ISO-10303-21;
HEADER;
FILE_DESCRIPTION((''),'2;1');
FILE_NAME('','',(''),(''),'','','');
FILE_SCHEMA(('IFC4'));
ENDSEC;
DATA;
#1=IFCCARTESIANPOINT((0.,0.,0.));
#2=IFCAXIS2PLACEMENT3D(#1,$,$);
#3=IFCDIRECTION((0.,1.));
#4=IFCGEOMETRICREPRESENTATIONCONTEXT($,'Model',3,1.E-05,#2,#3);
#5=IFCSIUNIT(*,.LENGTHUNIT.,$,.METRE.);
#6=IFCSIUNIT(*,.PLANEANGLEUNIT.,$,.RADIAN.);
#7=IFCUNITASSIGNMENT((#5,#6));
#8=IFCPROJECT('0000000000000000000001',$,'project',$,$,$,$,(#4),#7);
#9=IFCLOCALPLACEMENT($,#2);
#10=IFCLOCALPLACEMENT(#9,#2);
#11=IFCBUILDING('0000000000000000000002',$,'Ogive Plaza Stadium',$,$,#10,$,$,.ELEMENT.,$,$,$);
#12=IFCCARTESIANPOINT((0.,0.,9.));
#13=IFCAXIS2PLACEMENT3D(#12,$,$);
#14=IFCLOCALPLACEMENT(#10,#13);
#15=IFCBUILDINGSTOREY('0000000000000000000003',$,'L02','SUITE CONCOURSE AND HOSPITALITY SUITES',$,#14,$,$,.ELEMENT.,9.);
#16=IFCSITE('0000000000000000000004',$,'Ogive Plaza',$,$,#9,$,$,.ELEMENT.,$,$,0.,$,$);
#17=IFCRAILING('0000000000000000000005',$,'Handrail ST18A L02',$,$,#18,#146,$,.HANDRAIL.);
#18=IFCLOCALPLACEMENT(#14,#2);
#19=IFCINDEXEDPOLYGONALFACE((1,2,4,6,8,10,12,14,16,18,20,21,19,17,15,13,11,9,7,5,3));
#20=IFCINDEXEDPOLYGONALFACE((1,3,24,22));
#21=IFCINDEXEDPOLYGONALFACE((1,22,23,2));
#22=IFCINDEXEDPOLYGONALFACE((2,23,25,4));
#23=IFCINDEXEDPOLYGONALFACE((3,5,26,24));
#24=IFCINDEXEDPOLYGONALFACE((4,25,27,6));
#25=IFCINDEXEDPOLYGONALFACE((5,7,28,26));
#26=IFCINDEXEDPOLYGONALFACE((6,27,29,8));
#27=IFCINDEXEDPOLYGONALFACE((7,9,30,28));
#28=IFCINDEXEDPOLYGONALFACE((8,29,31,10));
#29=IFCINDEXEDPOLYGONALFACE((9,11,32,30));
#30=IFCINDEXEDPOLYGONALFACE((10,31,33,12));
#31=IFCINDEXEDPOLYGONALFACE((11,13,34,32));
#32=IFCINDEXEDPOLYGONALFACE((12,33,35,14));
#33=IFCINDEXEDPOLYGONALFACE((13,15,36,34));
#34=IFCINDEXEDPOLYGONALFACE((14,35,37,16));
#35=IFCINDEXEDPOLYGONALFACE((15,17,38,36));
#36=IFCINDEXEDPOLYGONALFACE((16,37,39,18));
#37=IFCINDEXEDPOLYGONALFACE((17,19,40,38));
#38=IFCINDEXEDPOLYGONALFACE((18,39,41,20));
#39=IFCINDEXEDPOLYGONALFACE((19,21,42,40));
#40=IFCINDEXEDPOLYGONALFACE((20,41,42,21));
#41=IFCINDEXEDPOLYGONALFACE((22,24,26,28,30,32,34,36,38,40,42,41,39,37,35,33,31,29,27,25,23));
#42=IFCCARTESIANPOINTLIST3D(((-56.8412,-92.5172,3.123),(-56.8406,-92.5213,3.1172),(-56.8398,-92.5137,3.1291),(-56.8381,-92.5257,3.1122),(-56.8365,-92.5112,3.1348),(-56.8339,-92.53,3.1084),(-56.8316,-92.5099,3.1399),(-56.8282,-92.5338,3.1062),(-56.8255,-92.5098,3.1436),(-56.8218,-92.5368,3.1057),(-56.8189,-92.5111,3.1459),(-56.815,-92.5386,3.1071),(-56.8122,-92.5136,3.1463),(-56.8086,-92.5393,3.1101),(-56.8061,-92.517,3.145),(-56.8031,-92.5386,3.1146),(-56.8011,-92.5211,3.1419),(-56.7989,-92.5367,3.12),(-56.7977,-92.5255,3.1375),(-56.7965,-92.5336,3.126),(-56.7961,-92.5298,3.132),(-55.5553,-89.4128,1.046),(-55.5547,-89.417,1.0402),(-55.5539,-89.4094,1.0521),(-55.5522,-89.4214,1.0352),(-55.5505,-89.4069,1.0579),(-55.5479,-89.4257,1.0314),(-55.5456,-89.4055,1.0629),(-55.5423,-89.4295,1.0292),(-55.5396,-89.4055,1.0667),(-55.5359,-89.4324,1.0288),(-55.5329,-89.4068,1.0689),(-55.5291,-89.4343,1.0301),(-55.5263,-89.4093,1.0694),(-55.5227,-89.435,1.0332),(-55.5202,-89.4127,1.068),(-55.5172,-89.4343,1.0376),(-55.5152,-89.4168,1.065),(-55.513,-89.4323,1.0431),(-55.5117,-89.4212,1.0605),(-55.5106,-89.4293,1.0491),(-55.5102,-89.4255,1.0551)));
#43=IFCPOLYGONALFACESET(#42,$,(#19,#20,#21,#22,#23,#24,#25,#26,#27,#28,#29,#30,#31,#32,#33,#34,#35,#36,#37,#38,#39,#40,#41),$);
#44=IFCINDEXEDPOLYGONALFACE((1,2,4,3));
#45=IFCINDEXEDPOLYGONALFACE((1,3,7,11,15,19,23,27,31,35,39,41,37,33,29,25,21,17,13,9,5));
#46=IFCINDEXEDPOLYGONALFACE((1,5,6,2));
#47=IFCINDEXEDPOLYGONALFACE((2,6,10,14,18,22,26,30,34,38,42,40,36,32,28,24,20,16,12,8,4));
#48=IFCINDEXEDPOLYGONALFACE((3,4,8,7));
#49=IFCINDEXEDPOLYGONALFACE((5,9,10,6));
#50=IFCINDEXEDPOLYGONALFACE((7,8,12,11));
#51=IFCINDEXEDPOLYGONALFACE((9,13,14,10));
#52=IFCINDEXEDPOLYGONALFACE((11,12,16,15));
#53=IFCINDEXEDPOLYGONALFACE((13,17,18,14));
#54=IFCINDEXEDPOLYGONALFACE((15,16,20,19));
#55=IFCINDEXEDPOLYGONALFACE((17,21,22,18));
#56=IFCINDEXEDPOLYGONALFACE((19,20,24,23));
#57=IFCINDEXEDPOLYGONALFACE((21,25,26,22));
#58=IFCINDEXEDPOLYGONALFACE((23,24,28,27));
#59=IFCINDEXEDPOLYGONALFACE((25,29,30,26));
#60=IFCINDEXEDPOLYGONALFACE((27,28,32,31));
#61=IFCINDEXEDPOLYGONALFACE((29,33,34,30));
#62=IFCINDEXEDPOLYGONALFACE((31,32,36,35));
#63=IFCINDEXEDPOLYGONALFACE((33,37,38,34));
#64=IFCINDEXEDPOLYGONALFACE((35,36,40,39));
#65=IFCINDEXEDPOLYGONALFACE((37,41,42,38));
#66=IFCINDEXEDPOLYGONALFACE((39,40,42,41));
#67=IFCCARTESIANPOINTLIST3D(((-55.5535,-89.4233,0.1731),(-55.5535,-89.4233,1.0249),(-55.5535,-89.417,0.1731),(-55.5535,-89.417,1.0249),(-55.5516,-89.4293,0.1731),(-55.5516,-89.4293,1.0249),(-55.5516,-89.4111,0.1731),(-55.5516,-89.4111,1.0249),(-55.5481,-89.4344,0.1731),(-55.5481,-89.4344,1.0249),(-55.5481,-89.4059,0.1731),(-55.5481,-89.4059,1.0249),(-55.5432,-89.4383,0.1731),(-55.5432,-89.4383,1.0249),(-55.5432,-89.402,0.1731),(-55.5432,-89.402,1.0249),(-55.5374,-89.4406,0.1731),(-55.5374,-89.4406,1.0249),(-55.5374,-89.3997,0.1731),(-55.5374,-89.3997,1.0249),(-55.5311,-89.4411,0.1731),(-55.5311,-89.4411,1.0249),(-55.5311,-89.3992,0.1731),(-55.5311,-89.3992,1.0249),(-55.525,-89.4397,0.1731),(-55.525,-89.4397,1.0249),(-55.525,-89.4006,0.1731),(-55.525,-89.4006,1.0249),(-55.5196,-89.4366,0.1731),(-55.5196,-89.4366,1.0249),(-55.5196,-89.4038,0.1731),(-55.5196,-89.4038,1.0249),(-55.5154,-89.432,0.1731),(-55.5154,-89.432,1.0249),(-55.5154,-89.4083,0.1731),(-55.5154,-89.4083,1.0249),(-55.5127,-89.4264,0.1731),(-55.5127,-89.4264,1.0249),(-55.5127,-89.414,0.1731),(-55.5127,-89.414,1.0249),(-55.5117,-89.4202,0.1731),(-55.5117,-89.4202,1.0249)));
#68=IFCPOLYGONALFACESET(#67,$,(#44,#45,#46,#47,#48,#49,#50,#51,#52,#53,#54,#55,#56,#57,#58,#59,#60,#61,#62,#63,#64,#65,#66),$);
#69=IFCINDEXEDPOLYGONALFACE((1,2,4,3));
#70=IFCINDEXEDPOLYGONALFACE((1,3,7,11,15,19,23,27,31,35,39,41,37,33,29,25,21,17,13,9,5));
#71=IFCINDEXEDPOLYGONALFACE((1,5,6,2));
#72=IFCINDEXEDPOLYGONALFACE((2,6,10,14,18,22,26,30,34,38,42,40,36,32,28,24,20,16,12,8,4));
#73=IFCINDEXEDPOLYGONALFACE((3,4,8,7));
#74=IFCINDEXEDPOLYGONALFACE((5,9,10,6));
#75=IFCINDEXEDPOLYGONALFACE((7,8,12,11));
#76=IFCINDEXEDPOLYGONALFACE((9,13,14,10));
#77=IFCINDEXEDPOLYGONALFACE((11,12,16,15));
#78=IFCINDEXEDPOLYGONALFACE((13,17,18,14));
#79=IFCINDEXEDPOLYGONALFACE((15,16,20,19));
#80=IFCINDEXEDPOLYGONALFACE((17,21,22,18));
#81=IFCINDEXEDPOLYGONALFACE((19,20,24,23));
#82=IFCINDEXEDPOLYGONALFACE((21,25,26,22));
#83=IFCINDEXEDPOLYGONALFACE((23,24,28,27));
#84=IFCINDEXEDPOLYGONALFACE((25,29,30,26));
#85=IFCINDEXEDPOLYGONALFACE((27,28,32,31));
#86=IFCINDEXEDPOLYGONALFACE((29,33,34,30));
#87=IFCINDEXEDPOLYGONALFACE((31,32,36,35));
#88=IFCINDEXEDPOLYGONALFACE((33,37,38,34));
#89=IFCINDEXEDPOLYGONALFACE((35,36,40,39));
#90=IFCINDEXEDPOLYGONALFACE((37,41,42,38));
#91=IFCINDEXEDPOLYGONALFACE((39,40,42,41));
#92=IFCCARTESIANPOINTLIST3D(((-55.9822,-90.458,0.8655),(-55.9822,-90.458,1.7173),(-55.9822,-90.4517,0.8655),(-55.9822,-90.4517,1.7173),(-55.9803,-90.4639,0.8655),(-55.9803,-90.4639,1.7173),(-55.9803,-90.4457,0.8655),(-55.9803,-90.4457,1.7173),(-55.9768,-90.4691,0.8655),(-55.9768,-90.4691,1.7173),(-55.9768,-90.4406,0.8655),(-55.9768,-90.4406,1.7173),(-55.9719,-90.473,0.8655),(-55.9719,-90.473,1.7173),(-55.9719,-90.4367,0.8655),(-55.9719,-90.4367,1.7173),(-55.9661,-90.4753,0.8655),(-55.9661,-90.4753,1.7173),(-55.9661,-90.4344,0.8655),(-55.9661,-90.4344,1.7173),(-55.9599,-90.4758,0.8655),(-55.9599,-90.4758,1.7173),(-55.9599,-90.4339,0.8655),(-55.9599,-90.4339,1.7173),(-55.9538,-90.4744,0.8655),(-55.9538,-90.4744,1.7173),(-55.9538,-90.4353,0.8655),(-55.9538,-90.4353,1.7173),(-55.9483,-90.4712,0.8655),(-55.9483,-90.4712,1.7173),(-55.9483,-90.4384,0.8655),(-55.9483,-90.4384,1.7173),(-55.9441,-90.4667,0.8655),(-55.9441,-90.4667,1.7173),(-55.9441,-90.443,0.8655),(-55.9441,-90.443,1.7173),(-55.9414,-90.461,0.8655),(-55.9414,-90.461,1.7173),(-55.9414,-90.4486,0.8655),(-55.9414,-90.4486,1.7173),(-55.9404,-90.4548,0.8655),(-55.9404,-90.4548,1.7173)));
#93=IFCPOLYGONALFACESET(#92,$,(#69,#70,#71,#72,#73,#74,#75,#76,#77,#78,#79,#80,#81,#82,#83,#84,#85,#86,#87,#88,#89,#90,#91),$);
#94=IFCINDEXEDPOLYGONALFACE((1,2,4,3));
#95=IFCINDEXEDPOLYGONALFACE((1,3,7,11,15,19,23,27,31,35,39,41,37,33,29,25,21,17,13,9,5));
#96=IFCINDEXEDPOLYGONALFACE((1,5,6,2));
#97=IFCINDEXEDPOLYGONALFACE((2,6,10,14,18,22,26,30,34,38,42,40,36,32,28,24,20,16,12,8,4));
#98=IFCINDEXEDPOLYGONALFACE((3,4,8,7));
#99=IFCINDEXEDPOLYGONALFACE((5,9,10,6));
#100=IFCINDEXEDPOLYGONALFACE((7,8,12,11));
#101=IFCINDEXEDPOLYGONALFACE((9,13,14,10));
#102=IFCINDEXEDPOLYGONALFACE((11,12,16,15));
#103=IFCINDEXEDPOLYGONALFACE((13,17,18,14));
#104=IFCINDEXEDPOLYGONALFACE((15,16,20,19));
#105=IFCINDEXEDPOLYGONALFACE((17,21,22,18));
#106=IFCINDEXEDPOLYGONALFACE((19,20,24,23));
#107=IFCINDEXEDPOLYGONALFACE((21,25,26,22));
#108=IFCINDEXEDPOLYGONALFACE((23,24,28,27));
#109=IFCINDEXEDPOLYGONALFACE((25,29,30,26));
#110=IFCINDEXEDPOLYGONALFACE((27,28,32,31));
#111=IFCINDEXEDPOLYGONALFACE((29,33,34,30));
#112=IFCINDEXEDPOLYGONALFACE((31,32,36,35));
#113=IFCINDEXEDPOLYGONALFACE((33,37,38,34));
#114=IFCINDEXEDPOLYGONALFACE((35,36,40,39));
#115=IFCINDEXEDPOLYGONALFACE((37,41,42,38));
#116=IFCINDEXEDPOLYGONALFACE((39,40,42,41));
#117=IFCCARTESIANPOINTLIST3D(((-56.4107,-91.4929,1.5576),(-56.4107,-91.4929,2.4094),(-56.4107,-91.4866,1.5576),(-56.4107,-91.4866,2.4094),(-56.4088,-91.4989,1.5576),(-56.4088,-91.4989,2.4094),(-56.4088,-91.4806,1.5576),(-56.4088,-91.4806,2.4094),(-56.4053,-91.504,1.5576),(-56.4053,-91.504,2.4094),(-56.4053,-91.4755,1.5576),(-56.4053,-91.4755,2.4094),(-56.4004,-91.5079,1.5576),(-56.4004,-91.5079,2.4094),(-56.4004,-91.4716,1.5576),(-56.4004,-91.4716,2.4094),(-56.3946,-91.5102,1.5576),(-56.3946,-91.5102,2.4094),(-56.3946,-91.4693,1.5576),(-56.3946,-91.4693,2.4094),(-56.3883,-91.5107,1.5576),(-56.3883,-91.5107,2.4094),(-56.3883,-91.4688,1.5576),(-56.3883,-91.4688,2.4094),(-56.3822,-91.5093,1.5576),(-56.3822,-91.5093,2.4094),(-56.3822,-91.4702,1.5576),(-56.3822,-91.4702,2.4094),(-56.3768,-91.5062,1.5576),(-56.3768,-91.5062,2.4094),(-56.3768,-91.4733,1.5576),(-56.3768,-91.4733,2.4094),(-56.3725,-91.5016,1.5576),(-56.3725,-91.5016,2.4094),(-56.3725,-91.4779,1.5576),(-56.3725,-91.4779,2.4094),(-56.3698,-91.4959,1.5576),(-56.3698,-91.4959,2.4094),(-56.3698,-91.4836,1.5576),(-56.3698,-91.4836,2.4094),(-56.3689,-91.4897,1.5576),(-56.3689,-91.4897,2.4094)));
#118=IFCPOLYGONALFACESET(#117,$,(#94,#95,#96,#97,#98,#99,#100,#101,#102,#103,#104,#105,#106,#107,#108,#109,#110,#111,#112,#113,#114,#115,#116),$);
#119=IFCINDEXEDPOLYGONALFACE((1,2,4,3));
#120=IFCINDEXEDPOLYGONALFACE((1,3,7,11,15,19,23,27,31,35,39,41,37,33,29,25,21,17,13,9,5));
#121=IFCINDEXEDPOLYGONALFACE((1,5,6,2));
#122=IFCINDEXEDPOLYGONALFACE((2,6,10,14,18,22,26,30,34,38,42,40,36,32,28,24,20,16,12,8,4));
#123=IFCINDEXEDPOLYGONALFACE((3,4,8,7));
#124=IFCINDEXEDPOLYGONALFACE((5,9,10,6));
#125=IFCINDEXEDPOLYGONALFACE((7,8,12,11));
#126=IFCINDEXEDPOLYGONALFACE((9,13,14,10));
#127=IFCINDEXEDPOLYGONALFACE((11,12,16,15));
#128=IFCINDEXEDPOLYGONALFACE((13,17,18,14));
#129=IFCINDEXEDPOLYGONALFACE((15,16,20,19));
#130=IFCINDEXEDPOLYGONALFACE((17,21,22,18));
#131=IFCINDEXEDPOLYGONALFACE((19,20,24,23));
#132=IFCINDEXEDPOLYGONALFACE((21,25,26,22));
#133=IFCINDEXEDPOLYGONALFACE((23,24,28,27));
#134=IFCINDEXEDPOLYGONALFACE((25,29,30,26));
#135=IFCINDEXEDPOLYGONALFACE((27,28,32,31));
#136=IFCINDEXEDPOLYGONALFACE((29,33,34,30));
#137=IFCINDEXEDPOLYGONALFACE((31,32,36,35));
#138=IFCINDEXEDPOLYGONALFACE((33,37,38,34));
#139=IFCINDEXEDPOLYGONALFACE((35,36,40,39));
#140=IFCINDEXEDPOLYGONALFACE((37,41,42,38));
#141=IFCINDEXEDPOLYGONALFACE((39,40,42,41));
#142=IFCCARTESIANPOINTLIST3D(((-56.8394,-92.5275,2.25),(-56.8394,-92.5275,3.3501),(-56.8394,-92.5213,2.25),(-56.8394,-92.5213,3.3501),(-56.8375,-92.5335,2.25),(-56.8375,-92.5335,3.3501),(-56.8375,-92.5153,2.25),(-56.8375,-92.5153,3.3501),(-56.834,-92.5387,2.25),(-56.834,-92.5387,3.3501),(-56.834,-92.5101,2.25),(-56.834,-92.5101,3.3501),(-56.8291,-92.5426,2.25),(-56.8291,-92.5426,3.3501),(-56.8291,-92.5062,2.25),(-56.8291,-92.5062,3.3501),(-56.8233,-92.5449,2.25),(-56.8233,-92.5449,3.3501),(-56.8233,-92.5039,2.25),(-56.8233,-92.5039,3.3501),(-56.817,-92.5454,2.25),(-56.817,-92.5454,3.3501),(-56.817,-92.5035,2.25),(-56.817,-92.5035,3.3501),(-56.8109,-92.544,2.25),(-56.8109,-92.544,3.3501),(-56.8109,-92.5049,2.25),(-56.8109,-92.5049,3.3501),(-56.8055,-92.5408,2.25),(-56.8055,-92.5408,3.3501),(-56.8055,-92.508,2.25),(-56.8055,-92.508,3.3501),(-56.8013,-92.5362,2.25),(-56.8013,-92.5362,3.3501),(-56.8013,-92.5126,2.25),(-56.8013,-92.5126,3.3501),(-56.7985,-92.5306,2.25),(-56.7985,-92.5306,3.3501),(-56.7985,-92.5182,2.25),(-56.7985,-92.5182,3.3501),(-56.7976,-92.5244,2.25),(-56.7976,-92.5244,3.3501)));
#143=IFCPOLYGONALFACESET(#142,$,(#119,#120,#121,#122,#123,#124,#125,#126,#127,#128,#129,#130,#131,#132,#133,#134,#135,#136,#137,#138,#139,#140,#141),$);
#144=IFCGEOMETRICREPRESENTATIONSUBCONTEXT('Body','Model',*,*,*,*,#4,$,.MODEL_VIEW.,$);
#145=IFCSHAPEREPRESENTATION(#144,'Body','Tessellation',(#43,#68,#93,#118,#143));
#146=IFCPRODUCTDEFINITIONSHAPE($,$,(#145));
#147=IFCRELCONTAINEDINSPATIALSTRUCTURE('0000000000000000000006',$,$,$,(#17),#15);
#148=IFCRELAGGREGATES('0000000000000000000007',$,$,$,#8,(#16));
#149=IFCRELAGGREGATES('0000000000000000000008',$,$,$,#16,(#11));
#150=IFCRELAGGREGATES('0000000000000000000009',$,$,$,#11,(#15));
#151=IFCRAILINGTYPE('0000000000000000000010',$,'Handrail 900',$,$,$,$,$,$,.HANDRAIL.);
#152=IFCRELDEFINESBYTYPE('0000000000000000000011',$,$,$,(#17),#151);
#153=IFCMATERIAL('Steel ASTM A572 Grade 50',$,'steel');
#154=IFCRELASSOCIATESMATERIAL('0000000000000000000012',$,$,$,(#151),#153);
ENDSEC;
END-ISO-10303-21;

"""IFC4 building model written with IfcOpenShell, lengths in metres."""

from ifc_helpers import new_model, si_unit, direction, frame, origin, origin_2d, place, context, subcontext, project, spatial, circle, extrude, material, type_object, element, save


model = new_model("IFC4")

# Units and contexts
model_context = context("Model", 3, precision=1e-05, world=origin(), true_north=direction((0.0, 1.0)))
body_context = subcontext(model_context, "Body", "Model", "MODEL_VIEW")
ifc_project = project(units=[si_unit("LENGTHUNIT", "METRE"), si_unit("PLANEANGLEUNIT", "RADIAN")], contexts=[model_context])

# Site, building, storey
site_placement = place(None, origin())
site = spatial("IfcSite", under=ifc_project, at=site_placement, Name="Ogive Plaza", CompositionType="ELEMENT", RefElevation=0.0)
building_placement = place(site_placement, origin())
building = spatial("IfcBuilding", under=site, at=building_placement, Name="Ogive Plaza Stadium", CompositionType="ELEMENT")
storey_placement = place(building_placement, frame((0.0, 0.0, 9.0)))
storey = spatial("IfcBuildingStorey", under=building, at=storey_placement, Name="L02", Description="SUITE CONCOURSE AND HOSPITALITY SUITES", CompositionType="ELEMENT", Elevation=9.0)

# Railing
ifc_material_1 = material(Name="Steel ASTM A572 Grade 50", Category="steel")
railing_type_1 = type_object("IfcRailingType", Name="Handrail 900", PredefinedType="HANDRAIL", material=ifc_material_1)
railing_1_placement = place(storey_placement, frame((-55.5327, -89.4202, 0.1731)))
element("IfcRailing", 1, at=railing_1_placement, inside=storey, type_object=railing_type_1, Name="Handrail ST18A L02", PredefinedType="HANDRAIL", context=body_context, shape_type="SweptSolid", body=[
    extrude(circle(Radius=0.0239, at=origin_2d()), frame((0.0, 0.0, 0.876), z_axis=(-0.325532, -0.785863, 0.525783), x_axis=(0.923872, -0.3827, 0.0)), (0.0, 0.0, 1.0), 3.9502),
    extrude(circle(Radius=0.021, at=origin_2d()), origin(), (0.0, 0.0, 1.0), 0.8518),
    extrude(circle(Radius=0.021, at=origin_2d()), frame((-0.4287, -1.0347, 0.6924)), (0.0, 0.0, 1.0), 0.8518),
    extrude(circle(Radius=0.021, at=origin_2d()), frame((-0.8572, -2.0696, 1.3845)), (0.0, 0.0, 1.0), 0.8518),
    extrude(circle(Radius=0.021, at=origin_2d()), frame((-1.2859, -3.1042, 2.0769)), (0.0, 0.0, 1.0), 1.1001),
])

save(model, "model.ifc")
